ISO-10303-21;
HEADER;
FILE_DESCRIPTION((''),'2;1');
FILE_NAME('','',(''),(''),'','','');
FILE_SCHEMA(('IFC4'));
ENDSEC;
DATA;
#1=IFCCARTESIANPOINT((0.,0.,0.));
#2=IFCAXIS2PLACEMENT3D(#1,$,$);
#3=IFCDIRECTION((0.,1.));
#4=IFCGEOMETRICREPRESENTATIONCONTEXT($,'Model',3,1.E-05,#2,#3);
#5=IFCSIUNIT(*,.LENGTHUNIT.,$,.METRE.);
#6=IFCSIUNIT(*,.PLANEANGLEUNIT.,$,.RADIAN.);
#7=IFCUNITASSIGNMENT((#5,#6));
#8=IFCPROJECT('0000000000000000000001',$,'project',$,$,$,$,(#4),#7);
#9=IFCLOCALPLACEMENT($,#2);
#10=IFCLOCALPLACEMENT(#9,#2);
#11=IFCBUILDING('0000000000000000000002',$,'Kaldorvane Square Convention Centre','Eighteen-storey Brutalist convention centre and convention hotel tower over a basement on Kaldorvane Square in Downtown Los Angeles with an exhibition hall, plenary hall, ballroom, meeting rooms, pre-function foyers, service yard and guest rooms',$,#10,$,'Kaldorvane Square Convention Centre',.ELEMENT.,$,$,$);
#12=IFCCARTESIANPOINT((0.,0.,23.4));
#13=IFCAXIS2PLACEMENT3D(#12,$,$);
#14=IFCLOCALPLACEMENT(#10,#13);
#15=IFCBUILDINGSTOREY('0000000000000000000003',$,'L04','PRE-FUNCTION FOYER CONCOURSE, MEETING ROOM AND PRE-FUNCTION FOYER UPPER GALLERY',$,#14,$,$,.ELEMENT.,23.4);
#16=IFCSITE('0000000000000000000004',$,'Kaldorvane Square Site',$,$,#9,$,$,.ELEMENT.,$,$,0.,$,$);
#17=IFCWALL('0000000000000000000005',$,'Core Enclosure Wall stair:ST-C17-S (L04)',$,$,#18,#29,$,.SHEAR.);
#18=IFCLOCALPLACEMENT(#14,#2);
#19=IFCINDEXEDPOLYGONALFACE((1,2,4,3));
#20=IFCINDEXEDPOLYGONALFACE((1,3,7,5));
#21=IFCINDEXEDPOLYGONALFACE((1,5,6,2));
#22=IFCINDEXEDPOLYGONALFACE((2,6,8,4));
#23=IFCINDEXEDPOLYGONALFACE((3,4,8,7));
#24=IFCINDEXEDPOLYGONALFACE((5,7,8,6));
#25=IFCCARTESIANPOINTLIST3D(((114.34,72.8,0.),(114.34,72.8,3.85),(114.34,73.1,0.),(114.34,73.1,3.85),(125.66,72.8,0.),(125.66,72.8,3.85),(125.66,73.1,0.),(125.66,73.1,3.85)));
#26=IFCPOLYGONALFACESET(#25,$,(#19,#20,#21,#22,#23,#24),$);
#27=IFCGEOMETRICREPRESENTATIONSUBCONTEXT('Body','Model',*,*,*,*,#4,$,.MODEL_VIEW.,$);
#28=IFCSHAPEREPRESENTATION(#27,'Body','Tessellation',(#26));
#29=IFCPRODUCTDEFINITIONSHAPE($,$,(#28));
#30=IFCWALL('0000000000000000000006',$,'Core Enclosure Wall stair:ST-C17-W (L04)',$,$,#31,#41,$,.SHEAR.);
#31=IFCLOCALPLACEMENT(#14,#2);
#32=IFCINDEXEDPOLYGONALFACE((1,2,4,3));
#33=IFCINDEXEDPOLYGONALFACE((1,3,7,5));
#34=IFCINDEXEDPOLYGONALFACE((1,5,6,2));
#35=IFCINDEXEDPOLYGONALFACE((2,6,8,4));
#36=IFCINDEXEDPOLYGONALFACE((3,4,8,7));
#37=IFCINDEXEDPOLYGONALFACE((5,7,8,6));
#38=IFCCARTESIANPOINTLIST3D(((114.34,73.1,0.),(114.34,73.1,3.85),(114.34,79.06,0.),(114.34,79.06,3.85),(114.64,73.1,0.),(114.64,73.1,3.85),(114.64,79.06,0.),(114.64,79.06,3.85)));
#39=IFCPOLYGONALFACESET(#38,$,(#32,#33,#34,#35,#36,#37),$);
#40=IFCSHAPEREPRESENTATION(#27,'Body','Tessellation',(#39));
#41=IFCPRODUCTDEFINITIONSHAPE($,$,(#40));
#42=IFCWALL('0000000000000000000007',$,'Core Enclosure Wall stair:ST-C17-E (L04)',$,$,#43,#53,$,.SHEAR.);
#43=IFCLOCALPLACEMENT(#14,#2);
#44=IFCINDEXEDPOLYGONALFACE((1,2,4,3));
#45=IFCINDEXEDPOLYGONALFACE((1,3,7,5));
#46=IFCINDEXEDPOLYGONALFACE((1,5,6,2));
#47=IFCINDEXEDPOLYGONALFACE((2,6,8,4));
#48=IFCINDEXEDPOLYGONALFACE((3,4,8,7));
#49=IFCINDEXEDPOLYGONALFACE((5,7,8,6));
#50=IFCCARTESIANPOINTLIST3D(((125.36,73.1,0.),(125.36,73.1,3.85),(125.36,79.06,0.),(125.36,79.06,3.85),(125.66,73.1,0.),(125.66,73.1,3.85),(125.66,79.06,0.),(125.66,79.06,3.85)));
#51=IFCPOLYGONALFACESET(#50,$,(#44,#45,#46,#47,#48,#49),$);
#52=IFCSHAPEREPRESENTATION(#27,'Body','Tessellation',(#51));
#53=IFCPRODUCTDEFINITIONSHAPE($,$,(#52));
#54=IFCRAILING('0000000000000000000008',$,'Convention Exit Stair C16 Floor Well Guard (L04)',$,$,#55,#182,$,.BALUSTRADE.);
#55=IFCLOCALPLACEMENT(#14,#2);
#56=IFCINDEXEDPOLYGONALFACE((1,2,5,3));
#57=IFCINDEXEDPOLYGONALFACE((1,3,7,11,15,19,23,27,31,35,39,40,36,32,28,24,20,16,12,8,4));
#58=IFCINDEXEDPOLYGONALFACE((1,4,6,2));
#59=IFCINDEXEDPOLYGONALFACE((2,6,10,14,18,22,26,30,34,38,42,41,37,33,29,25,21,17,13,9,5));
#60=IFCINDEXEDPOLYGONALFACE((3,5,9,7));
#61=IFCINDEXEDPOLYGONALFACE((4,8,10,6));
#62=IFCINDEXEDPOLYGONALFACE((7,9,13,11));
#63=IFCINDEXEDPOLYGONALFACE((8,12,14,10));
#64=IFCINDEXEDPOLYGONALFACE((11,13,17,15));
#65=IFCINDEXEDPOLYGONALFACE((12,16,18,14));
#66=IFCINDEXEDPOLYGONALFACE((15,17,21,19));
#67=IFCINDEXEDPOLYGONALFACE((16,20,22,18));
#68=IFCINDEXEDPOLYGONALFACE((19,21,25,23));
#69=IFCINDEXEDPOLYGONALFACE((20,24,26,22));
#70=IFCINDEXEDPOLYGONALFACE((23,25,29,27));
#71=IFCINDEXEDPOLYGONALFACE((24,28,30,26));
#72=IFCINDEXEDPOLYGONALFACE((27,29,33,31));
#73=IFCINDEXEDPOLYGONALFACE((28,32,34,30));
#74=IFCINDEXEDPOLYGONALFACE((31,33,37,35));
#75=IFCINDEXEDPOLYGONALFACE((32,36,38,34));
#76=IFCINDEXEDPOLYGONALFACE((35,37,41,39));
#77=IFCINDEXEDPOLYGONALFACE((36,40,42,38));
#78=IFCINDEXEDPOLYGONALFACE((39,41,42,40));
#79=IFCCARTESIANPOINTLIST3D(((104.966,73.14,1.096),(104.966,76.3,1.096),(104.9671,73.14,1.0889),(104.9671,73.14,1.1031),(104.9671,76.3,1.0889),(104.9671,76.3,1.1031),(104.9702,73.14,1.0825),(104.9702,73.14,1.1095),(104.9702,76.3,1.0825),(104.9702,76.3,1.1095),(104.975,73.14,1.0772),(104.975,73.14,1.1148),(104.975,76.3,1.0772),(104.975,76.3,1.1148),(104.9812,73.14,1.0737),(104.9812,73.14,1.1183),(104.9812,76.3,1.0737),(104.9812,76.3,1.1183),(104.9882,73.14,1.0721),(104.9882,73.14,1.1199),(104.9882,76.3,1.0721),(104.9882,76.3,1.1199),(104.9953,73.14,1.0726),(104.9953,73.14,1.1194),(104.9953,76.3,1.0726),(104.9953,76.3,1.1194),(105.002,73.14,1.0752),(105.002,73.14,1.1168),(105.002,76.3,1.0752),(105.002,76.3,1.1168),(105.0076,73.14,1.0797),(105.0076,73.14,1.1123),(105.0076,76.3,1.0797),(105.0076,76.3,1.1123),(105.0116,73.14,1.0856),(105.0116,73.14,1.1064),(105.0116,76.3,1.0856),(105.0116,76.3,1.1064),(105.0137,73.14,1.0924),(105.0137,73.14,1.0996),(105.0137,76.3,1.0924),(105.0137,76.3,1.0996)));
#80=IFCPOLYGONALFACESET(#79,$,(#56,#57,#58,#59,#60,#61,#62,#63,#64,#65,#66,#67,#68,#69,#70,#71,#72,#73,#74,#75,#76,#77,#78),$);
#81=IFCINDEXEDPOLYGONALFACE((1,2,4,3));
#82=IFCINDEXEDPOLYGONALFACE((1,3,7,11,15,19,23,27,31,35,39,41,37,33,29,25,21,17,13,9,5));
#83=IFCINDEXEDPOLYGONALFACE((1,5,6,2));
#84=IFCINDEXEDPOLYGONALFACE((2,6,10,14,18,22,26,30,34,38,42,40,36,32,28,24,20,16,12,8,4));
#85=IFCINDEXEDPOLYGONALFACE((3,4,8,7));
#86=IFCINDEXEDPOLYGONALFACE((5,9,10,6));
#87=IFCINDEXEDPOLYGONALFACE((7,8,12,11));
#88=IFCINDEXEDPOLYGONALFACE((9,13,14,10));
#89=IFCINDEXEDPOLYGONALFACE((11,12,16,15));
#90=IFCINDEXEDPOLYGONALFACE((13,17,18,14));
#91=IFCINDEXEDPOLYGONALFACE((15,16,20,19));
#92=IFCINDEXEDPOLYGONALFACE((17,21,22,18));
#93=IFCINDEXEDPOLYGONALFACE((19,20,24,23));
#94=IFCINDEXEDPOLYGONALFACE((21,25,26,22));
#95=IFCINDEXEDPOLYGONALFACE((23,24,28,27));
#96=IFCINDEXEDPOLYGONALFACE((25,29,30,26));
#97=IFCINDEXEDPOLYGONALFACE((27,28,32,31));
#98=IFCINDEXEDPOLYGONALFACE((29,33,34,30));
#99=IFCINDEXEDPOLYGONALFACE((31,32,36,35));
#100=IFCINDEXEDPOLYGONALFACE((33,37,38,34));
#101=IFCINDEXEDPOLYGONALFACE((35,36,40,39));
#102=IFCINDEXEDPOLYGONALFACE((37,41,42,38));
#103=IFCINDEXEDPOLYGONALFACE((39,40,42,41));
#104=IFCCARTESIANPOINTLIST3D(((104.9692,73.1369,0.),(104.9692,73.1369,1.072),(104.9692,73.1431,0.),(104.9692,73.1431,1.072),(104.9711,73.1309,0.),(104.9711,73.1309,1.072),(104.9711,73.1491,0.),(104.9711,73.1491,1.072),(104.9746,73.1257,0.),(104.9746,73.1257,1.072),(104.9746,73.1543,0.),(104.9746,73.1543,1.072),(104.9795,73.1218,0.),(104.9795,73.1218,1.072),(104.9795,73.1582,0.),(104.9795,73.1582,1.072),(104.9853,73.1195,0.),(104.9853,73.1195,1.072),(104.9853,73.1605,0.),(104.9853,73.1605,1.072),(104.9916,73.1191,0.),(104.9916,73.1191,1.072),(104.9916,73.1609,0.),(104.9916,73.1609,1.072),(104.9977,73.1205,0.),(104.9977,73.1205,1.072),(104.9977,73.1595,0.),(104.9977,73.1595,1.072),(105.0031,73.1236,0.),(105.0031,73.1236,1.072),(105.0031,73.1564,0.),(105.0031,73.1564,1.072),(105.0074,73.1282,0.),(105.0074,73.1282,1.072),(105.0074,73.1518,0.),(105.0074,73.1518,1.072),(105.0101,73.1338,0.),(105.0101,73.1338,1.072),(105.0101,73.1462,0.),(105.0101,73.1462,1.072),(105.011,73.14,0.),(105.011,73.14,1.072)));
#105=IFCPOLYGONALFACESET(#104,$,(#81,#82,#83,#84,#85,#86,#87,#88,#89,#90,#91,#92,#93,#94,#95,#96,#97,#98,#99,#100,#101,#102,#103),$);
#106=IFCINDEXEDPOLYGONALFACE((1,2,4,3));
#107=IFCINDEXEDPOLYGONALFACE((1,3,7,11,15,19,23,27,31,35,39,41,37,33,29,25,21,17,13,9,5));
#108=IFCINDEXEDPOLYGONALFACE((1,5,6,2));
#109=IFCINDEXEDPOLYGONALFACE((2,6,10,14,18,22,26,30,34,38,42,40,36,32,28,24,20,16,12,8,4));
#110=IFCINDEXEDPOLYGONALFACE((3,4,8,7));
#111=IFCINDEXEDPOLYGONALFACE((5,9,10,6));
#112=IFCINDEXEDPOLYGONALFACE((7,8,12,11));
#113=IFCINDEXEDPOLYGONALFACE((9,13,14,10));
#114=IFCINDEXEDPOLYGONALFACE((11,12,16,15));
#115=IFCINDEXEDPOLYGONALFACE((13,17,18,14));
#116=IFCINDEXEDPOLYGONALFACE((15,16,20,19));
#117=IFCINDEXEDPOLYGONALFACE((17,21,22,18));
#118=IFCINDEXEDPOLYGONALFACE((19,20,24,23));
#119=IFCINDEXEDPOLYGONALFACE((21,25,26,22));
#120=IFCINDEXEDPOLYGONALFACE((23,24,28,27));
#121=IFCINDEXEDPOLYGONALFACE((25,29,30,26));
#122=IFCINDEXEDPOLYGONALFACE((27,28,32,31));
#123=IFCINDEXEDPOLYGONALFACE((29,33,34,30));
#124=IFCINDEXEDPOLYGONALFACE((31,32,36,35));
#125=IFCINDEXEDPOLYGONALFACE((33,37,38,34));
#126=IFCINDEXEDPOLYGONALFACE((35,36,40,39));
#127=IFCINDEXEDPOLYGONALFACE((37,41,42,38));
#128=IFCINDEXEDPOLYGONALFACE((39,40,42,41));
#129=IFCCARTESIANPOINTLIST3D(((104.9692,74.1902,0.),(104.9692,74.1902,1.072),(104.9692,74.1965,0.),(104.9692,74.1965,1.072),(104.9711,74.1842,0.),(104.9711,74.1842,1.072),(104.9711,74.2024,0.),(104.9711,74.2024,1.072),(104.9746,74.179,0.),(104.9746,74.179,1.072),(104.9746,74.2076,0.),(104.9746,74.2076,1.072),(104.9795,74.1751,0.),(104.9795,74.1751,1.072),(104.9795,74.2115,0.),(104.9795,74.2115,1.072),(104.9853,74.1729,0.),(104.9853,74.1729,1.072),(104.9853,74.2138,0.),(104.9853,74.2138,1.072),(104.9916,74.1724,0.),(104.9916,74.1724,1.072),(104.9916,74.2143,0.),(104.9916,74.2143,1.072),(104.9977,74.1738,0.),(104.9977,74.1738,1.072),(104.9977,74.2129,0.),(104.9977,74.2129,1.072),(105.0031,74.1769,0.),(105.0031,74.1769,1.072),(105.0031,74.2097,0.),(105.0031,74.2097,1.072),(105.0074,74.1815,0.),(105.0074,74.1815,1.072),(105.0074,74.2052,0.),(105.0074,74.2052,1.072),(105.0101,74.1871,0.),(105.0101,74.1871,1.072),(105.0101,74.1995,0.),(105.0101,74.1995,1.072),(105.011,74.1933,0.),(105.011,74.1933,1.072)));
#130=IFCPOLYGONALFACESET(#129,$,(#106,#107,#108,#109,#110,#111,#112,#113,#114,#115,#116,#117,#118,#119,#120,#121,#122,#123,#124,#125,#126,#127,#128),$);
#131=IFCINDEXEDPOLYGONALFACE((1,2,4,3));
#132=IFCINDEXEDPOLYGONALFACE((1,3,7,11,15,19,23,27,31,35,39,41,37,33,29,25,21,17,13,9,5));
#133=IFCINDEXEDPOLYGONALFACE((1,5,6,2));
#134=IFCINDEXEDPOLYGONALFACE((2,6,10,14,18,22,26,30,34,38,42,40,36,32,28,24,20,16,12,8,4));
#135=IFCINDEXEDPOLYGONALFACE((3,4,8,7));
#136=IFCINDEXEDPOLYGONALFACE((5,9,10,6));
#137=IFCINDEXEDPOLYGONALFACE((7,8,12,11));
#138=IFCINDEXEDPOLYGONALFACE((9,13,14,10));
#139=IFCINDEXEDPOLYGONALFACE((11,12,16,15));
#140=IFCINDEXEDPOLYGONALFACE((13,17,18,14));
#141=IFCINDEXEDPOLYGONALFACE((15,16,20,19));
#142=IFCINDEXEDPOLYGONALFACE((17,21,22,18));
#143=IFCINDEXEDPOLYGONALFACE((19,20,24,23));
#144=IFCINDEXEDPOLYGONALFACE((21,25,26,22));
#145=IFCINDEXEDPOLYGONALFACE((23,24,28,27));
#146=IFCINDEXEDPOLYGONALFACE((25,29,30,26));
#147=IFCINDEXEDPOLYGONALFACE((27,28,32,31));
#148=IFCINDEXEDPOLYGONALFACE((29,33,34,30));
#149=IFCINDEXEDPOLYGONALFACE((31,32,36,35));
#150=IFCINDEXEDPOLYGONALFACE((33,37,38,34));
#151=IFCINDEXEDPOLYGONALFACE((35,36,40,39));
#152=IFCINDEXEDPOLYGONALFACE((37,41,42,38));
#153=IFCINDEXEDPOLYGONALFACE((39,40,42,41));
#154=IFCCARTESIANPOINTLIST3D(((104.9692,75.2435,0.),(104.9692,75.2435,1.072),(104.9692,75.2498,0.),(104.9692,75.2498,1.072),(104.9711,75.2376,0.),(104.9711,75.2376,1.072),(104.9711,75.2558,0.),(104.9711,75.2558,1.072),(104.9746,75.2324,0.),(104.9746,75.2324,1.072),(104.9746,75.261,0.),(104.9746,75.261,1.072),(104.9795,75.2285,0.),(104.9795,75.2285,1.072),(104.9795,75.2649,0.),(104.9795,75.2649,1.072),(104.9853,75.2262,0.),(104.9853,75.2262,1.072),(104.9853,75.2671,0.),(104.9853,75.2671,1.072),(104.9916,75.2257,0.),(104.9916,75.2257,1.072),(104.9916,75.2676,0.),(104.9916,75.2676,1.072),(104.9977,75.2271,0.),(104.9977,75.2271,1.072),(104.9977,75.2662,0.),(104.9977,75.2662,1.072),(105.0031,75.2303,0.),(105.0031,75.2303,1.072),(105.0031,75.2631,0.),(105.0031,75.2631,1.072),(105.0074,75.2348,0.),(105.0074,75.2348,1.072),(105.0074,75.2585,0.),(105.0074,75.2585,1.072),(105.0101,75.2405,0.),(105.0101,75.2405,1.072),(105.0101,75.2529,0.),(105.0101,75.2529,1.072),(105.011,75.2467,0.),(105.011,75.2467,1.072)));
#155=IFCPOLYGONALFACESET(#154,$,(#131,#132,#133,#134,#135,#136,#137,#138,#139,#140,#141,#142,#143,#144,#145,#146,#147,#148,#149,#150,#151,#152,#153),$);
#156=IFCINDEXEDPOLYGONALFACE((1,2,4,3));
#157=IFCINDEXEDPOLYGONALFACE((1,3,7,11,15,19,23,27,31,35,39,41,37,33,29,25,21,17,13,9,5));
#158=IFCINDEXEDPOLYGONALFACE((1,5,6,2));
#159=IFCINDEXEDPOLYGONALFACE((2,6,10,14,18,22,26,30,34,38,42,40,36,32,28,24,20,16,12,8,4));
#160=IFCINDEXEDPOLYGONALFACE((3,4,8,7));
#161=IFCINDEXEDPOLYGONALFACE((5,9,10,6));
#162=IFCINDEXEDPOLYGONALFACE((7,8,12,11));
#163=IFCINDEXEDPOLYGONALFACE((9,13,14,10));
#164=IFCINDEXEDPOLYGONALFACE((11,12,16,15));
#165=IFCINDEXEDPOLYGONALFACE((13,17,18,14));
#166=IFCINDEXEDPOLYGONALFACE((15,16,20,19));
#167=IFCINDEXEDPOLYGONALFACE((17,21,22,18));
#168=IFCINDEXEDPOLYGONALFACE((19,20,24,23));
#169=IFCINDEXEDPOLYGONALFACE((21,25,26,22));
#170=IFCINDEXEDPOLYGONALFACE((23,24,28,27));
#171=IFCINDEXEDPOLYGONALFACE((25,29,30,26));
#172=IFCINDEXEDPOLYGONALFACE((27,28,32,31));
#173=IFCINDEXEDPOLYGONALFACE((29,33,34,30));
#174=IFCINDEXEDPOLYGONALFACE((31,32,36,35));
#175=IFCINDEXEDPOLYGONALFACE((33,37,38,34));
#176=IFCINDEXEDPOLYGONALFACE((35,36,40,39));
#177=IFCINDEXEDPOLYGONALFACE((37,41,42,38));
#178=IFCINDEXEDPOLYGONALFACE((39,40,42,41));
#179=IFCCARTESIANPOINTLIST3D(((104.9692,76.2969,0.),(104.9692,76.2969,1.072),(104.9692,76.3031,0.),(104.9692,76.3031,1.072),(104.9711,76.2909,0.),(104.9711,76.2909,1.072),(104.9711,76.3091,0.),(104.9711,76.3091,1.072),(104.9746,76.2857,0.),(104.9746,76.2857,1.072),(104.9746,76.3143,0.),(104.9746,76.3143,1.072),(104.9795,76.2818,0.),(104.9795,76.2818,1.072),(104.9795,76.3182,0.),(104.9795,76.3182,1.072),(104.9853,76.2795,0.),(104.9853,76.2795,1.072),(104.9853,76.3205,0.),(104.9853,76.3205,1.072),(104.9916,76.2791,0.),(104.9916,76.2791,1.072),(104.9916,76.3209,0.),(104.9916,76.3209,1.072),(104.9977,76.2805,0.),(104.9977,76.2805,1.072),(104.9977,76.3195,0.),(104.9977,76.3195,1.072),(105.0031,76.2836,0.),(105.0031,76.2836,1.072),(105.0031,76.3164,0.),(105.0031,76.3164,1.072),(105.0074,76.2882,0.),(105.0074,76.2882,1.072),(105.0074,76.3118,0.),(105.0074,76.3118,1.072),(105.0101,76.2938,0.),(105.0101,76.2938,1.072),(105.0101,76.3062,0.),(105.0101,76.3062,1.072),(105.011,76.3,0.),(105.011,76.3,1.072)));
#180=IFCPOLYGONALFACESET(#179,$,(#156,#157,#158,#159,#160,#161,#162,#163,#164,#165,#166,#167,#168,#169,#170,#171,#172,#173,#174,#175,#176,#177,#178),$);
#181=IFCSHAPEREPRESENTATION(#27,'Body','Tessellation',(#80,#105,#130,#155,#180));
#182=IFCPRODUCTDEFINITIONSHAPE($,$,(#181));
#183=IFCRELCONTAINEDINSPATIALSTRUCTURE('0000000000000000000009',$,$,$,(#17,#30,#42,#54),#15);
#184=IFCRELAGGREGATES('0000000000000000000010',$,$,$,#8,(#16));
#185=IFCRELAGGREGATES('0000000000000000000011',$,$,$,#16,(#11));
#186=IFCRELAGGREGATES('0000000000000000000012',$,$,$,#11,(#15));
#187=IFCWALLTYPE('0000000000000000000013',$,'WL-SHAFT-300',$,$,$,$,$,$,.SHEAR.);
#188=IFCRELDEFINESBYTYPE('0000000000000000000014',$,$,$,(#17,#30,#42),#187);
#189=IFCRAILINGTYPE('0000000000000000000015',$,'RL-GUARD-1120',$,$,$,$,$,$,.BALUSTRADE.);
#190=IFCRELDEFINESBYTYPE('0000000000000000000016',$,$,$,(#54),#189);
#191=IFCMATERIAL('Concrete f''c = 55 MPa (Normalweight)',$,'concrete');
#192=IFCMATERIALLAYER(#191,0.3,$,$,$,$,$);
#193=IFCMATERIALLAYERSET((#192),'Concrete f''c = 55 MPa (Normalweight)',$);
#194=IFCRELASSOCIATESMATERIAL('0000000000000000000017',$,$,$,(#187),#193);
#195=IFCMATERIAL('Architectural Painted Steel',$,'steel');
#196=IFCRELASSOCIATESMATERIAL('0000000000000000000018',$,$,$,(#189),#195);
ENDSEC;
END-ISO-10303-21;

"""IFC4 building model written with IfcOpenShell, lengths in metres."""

from ifc_helpers import new_model, si_unit, direction, frame, frame_2d, origin, origin_2d, place, context, subcontext, project, spatial, rectangle, circle, extrude, material, layer, layer_set, type_object, element, save


model = new_model("IFC4")

# Units and contexts
model_context = context("Model", 3, precision=1e-05, world=origin(), true_north=direction((0.0, 1.0)))
body_context = subcontext(model_context, "Body", "Model", "MODEL_VIEW")
ifc_project = project(units=[si_unit("LENGTHUNIT", "METRE"), si_unit("PLANEANGLEUNIT", "RADIAN")], contexts=[model_context])

# Site, building, storey
site_placement = place(None, origin())
site = spatial("IfcSite", under=ifc_project, at=site_placement, Name="Kaldorvane Square Site", CompositionType="ELEMENT", RefElevation=0.0)
building_placement = place(site_placement, origin())
building = spatial("IfcBuilding", under=site, at=building_placement, Name="Kaldorvane Square Convention Centre", Description="Eighteen-storey Brutalist convention centre and convention hotel tower over a basement on Kaldorvane Square in Downtown Los Angeles with an exhibition hall, plenary hall, ballroom, meeting rooms, pre-function foyers, service yard and guest rooms", LongName="Kaldorvane Square Convention Centre", CompositionType="ELEMENT")
storey_placement = place(building_placement, frame((0.0, 0.0, 23.4)))
storey = spatial("IfcBuildingStorey", under=building, at=storey_placement, Name="L04", Description="PRE-FUNCTION FOYER CONCOURSE, MEETING ROOM AND PRE-FUNCTION FOYER UPPER GALLERY", CompositionType="ELEMENT", Elevation=23.4)

# Shared definitions
ifc_material_1 = material(Name="Concrete f'c = 55 MPa (Normalweight)", Category="concrete")

# Shared definitions
ifc_layer_1 = layer(ifc_material_1, 0.3)
ifc_layer_set_1 = layer_set([ifc_layer_1], Name="Concrete f'c = 55 MPa (Normalweight)")
wall_type_1 = type_object("IfcWallType", Name="WL-SHAFT-300", PredefinedType="SHEAR", material=ifc_layer_set_1)

# Walls
wall_1_placement = place(storey_placement, frame((114.34, 72.95, 0.0), z_axis=(0.0, 0.0, 1.0), x_axis=(1.0, 0.0, 0.0)))
element("IfcWall", 1, at=wall_1_placement, inside=storey, type_object=wall_type_1, Name="Core Enclosure Wall stair:ST-C17-S (L04)", PredefinedType="SHEAR", context=body_context, shape_type="SweptSolid", body=[
    extrude(rectangle(XDim=11.32, YDim=0.3, at=frame_2d((5.66, 0.0))), origin(), (0.0, 0.0, 1.0), 3.85),
])
for number, where, z_axis, x_axis, name in (
    (2, (114.49, 79.06, 0.0), (0.0, 0.0, 1.0), (0.0, -1.0, 0.0), "Core Enclosure Wall stair:ST-C17-W (L04)"),
    (3, (125.51, 73.1, 0.0), (0.0, 0.0, 1.0), (0.0, 1.0, 0.0), "Core Enclosure Wall stair:ST-C17-E (L04)"),
):
    element("IfcWall", number, at=place(storey_placement, frame(where, z_axis=z_axis, x_axis=x_axis)), inside=storey, type_object=wall_type_1, Name=name, PredefinedType="SHEAR", context=body_context, shape_type="SweptSolid", body=[
        extrude(rectangle(XDim=5.96, YDim=0.3, at=frame_2d((2.98, 0.0))), origin(), (0.0, 0.0, 1.0), 3.85),
    ])

# Railing
ifc_material_2 = material(Name="Architectural Painted Steel", Category="steel")
railing_type = type_object("IfcRailingType", Name="RL-GUARD-1120", PredefinedType="BALUSTRADE", material=ifc_material_2)
for number, where, name in (
    (4, (104.99, 73.14, 0.0), "Convention Exit Stair C16 Floor Well Guard (L04)"),
):
    element("IfcRailing", number, at=place(storey_placement, frame(where)), inside=storey, type_object=railing_type, Name=name, PredefinedType="BALUSTRADE", context=body_context, shape_type="SweptSolid", body=[
        extrude(circle(Radius=0.024, at=origin_2d()), frame((0.0, 0.0, 1.096), z_axis=(0.0, 1.0, 0.0), x_axis=(-1.0, 0.0, 0.0)), (0.0, 0.0, 1.0), 3.16),
        extrude(circle(Radius=0.021, at=origin_2d()), origin(), (0.0, 0.0, 1.0), 1.072),
        extrude(circle(Radius=0.021, at=origin_2d()), frame((0.0, 1.0533, 0.0)), (0.0, 0.0, 1.0), 1.072),
        extrude(circle(Radius=0.021, at=origin_2d()), frame((0.0, 2.1067, 0.0)), (0.0, 0.0, 1.0), 1.072),
        extrude(circle(Radius=0.021, at=origin_2d()), frame((0.0, 3.16, 0.0)), (0.0, 0.0, 1.0), 1.072),
    ])

save(model, "model.ifc")
